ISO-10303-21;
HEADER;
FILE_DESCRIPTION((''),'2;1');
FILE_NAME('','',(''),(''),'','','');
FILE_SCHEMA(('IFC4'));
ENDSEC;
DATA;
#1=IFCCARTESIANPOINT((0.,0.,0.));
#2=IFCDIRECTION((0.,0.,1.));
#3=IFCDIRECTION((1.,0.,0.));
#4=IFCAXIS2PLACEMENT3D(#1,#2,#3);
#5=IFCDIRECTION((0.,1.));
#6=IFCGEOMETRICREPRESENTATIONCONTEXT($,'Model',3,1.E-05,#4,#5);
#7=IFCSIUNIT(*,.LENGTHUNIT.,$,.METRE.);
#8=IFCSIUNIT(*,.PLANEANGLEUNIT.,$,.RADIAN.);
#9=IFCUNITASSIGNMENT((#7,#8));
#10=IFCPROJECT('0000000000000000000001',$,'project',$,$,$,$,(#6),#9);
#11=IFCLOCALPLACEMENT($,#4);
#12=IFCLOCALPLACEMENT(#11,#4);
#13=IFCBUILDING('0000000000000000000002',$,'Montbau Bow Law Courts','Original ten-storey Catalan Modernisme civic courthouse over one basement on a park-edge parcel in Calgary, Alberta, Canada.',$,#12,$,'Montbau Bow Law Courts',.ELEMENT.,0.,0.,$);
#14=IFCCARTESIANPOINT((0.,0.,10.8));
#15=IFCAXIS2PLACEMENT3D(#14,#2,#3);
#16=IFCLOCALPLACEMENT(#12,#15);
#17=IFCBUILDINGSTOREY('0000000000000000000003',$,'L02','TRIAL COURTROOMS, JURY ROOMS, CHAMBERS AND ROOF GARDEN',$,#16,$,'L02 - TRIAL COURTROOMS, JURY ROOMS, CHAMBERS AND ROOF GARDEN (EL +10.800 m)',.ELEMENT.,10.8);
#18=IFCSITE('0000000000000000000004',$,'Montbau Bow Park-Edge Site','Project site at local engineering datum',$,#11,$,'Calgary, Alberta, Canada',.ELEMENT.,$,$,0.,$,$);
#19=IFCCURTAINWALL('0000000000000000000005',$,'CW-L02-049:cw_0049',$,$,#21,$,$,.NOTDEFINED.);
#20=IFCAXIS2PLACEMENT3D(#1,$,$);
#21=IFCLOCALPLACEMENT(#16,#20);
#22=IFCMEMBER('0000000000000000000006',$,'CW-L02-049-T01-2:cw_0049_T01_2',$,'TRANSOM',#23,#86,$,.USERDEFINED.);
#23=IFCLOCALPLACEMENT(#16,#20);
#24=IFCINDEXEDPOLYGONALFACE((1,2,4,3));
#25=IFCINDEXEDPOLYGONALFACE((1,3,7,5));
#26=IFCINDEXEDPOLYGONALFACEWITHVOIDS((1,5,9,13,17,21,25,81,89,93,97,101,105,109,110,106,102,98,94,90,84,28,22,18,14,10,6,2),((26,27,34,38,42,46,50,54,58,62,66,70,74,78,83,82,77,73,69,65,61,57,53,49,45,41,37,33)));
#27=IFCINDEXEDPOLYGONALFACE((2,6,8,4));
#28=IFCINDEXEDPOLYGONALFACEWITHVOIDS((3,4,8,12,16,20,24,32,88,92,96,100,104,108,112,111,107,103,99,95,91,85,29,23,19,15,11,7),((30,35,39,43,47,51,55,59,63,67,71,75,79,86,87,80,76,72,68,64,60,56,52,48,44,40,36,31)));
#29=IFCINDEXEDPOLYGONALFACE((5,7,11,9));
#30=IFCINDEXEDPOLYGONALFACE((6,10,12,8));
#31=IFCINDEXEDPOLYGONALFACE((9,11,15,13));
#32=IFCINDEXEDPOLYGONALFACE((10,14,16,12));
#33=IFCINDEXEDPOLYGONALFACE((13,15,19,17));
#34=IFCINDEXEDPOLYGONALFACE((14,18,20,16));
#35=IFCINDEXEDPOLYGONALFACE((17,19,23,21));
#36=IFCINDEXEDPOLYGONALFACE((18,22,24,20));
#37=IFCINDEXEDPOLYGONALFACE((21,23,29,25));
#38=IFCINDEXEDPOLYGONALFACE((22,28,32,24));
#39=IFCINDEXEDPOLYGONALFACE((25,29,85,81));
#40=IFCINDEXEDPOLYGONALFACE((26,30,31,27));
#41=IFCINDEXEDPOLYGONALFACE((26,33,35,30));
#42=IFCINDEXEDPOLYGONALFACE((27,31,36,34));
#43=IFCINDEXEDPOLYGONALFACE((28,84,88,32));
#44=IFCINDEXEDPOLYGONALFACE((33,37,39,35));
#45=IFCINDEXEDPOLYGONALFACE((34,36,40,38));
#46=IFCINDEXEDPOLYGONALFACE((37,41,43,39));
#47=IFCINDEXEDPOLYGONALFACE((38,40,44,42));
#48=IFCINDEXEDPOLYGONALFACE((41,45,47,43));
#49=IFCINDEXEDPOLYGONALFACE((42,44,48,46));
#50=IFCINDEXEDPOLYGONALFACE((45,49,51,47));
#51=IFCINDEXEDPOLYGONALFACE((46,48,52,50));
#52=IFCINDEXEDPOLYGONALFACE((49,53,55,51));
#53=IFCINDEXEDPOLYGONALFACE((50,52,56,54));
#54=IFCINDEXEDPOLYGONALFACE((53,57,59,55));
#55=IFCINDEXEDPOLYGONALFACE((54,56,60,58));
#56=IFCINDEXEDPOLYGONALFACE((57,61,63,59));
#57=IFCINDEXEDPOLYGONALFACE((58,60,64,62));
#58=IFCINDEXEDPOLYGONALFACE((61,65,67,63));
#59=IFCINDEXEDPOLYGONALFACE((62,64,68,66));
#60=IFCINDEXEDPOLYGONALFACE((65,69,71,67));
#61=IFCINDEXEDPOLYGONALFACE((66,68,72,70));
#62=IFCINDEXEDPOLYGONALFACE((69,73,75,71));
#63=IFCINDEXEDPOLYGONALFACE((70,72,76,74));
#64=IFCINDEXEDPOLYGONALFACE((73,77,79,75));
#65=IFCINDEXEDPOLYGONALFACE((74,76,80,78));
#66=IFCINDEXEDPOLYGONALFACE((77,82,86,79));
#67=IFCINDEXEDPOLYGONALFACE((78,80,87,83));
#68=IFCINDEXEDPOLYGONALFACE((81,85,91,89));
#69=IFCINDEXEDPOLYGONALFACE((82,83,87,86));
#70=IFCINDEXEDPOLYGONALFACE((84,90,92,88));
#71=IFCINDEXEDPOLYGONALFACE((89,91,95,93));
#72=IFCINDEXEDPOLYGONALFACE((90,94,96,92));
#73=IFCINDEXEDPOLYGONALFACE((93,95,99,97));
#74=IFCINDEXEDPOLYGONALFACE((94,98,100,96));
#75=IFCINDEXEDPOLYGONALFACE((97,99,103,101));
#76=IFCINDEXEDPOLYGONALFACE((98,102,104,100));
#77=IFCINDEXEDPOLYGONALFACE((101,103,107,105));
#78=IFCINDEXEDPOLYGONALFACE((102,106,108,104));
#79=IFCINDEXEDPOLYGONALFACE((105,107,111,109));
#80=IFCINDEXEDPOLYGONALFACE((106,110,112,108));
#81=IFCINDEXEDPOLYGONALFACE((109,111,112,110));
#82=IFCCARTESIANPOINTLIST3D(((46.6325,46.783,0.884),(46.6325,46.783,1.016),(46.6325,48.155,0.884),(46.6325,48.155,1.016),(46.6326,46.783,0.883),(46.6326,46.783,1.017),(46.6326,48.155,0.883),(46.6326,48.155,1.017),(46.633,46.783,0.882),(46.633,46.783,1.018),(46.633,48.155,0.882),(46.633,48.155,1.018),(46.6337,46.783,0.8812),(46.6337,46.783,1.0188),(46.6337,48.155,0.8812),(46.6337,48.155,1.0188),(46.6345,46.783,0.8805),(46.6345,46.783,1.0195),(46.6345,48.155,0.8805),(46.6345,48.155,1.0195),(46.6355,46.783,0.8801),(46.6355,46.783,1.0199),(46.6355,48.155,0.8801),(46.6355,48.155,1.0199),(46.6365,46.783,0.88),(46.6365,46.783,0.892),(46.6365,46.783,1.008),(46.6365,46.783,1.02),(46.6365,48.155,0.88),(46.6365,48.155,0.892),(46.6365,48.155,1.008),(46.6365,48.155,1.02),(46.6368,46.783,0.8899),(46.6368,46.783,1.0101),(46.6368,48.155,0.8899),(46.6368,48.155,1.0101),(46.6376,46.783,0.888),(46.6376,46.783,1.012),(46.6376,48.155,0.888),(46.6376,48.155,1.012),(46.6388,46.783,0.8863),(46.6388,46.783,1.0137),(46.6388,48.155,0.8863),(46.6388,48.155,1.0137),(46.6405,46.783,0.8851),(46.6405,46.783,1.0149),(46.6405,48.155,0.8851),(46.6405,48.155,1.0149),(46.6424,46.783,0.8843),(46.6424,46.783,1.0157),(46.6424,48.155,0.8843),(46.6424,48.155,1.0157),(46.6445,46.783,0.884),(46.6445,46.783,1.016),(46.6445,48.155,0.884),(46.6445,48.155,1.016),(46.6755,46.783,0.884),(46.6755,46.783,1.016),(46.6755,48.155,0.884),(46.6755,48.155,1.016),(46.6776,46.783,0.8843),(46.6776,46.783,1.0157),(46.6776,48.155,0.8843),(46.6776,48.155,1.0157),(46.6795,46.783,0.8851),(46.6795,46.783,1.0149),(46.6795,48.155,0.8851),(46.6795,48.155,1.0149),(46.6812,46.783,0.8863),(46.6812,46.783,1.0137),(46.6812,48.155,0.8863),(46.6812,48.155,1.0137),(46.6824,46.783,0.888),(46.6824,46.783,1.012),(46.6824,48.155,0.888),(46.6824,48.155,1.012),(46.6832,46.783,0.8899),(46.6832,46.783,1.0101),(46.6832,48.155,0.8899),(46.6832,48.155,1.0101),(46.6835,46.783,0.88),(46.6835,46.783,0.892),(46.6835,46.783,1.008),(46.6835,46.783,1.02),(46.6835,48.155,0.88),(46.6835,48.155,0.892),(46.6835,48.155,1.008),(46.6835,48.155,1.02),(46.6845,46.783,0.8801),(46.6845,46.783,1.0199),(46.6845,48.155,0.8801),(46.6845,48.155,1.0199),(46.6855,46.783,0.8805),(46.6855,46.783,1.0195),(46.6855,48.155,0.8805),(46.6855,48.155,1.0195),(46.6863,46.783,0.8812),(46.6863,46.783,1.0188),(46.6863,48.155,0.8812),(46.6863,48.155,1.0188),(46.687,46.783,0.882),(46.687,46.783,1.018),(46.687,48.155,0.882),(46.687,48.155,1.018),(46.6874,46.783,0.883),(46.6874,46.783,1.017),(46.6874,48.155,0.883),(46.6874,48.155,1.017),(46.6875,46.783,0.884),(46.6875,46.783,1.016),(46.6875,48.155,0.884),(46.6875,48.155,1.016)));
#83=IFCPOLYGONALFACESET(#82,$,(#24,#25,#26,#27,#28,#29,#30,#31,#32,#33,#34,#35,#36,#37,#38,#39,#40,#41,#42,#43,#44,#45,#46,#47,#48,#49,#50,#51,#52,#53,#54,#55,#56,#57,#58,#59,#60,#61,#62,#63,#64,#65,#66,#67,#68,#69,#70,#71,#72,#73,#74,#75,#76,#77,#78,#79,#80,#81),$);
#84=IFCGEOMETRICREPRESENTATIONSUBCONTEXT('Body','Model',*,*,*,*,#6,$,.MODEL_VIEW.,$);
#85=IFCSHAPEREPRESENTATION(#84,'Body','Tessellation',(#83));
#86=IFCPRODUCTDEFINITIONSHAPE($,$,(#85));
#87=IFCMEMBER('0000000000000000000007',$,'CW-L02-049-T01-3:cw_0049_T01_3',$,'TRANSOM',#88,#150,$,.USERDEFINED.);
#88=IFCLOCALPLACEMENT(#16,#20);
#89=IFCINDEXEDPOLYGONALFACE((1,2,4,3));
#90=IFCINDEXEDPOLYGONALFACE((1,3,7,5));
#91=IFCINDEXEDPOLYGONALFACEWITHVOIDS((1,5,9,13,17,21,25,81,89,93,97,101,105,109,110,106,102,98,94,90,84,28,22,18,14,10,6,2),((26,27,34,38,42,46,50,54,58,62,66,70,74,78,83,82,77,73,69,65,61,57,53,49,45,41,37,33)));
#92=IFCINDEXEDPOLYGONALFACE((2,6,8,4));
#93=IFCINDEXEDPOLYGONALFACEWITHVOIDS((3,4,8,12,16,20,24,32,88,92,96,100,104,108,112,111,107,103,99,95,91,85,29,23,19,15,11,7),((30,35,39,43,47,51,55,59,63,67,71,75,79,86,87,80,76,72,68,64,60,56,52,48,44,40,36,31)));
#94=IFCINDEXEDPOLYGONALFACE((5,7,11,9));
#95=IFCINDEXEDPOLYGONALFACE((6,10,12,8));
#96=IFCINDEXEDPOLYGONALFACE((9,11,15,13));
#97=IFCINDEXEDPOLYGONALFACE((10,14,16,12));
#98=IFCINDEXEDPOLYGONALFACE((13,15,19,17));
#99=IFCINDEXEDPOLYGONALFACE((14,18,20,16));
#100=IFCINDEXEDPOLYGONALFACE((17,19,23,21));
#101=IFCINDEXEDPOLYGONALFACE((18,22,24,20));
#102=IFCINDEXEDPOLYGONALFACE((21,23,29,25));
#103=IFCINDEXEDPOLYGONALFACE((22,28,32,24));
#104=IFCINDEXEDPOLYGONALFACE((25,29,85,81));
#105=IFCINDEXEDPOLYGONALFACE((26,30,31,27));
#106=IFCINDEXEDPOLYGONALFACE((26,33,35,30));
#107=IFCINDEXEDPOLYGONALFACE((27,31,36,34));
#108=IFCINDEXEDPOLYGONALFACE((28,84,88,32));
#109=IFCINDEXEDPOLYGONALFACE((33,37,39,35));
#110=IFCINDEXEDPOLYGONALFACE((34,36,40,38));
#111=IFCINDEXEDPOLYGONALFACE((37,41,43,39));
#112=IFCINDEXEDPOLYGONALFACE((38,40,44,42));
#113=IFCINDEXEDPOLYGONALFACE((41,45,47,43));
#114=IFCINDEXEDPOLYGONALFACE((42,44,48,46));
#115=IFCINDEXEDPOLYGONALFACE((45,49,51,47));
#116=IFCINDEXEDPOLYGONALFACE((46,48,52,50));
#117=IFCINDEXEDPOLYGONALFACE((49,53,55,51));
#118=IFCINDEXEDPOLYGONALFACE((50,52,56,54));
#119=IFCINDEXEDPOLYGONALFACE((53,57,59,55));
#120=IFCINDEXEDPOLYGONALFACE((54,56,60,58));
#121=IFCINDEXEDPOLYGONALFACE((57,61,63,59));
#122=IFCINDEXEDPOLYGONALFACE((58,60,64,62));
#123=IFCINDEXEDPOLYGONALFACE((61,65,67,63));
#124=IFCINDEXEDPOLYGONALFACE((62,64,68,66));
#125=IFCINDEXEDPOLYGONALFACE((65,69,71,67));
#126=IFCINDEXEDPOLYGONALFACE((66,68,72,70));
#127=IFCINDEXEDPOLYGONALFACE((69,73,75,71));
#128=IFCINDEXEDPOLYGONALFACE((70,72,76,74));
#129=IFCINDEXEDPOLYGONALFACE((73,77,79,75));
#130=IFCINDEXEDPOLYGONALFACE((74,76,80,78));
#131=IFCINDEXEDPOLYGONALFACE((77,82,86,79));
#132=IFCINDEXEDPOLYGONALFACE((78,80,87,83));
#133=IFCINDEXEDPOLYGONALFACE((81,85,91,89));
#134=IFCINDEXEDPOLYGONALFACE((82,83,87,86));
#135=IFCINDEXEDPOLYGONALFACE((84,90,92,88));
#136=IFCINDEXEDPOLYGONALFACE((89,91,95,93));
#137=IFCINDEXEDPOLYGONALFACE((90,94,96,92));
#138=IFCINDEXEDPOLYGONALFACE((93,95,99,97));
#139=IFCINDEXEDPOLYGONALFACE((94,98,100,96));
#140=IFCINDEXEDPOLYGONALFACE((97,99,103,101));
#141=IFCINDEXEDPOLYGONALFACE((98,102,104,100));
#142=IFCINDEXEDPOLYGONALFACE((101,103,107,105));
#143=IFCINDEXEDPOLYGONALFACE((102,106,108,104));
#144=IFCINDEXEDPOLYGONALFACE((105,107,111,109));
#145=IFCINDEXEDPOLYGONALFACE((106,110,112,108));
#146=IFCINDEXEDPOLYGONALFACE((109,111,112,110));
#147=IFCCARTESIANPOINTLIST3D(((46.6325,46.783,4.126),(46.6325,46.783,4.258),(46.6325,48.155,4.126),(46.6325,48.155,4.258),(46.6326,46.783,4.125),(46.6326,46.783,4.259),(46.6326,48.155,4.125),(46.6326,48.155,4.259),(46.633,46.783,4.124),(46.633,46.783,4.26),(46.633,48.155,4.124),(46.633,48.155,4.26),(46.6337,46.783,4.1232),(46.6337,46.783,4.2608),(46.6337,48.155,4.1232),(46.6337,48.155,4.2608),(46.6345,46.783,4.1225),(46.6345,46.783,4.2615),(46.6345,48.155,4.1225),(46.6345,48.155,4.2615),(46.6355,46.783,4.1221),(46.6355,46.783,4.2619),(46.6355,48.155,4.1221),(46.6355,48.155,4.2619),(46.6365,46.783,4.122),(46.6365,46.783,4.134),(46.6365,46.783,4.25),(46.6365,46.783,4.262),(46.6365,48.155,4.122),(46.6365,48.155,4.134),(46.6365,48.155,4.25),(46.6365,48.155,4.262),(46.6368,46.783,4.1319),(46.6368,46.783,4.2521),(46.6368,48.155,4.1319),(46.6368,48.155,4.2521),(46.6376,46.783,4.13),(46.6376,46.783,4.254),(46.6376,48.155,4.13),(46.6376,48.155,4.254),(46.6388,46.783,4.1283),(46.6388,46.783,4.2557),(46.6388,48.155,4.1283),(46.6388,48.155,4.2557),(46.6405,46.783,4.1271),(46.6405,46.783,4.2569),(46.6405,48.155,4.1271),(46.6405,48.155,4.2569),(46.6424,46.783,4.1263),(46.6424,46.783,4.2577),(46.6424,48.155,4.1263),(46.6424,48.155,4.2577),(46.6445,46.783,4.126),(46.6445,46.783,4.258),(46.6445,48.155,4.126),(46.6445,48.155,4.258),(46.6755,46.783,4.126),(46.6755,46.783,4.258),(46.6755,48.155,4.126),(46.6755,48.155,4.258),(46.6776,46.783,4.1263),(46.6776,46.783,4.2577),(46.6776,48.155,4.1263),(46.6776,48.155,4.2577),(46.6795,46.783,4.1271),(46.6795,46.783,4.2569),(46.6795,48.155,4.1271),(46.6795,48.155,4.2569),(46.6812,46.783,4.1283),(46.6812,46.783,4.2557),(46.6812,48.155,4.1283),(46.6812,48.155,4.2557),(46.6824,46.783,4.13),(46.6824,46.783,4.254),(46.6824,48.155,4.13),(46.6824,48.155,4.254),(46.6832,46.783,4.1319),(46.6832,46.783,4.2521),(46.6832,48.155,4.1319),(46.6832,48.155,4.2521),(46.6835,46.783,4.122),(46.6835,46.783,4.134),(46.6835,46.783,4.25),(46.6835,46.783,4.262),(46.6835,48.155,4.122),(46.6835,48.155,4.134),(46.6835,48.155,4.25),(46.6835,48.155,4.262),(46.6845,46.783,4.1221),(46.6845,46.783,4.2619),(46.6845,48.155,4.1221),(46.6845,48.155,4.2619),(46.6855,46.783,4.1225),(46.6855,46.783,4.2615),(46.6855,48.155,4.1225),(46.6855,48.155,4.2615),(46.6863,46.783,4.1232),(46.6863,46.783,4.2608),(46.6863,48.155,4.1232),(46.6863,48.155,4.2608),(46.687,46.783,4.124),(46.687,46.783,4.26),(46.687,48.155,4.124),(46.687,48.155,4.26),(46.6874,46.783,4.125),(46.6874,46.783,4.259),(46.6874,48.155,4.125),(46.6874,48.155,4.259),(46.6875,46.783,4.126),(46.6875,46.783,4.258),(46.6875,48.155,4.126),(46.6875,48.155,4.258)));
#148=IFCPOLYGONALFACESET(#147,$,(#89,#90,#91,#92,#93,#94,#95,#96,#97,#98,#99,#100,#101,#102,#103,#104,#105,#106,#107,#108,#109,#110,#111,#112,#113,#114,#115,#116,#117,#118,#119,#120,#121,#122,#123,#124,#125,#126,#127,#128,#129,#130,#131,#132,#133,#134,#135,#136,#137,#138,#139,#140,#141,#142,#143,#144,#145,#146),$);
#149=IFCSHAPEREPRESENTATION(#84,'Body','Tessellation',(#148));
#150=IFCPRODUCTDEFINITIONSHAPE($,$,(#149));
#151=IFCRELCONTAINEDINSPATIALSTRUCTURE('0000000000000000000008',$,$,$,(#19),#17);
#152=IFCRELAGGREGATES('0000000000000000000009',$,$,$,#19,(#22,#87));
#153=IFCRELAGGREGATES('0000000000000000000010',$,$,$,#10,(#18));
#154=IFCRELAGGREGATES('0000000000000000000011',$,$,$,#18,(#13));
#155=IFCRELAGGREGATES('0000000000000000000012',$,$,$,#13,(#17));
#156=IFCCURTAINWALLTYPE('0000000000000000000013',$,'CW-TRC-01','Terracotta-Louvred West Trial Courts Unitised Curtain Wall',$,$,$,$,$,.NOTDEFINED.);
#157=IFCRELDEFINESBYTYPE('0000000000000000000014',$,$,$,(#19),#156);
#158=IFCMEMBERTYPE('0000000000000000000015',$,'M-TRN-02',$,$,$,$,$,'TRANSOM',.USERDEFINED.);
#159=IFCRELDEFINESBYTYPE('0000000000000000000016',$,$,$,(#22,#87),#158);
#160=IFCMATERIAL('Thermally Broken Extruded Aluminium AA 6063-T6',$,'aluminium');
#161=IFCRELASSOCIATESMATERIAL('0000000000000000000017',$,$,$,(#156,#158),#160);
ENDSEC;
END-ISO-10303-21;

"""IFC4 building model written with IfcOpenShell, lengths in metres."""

from ifc_helpers import new_model, si_unit, direction, frame, origin_with_axes, origin_2d_with_axis, place, context, subcontext, project, spatial, hollow_rectangle, extrude, material, material_profile, profile_set, type_object, element, aggregate, save


model = new_model("IFC4")

# Units and contexts
model_context = context("Model", 3, precision=1e-05, world=origin_with_axes(), true_north=direction((0.0, 1.0)))
body_context = subcontext(model_context, "Body", "Model", "MODEL_VIEW")
ifc_project = project(units=[si_unit("LENGTHUNIT", "METRE"), si_unit("PLANEANGLEUNIT", "RADIAN")], contexts=[model_context])

# Site, building, storey
site_placement = place(None, origin_with_axes())
site = spatial("IfcSite", under=ifc_project, at=site_placement, Name="Montbau Bow Park-Edge Site", Description="Project site at local engineering datum", LongName="Calgary, Alberta, Canada", CompositionType="ELEMENT", RefElevation=0.0)
building_placement = place(site_placement, origin_with_axes())
building = spatial("IfcBuilding", under=site, at=building_placement, Name="Montbau Bow Law Courts", Description="Original ten-storey Catalan Modernisme civic courthouse over one basement on a park-edge parcel in Calgary, Alberta, Canada.", LongName="Montbau Bow Law Courts", CompositionType="ELEMENT", ElevationOfRefHeight=0.0, ElevationOfTerrain=0.0)
storey_placement = place(building_placement, frame((0.0, 0.0, 10.8), z_axis=(0.0, 0.0, 1.0), x_axis=(1.0, 0.0, 0.0)))
storey = spatial("IfcBuildingStorey", under=building, at=storey_placement, Name="L02", Description="TRIAL COURTROOMS, JURY ROOMS, CHAMBERS AND ROOF GARDEN", LongName="L02 - TRIAL COURTROOMS, JURY ROOMS, CHAMBERS AND ROOF GARDEN (EL +10.800 m)", CompositionType="ELEMENT", Elevation=10.8)

# Shared definitions
ifc_material_1 = material(Name="Thermally Broken Extruded Aluminium AA 6063-T6", Category="aluminium")

# Curtain wall, members
curtain_wall_type_1 = type_object("IfcCurtainWallType", Name="CW-TRC-01", Description="Terracotta-Louvred West Trial Courts Unitised Curtain Wall", PredefinedType="NOTDEFINED", material=ifc_material_1)
curtain_wall_1_placement = place(None, frame((46.66, 46.715, 10.8), z_axis=(0.0, 0.0, 1.0), x_axis=(1.0, 0.0, 0.0)))
curtain_wall_1 = element("IfcCurtainWall", 1, at=curtain_wall_1_placement, inside=storey, type_object=curtain_wall_type_1, Name="CW-L02-049:cw_0049", PredefinedType="NOTDEFINED")
ifc_material_profile_1 = material_profile(ifc_material_1, hollow_rectangle(XDim=0.055, YDim=0.14, WallThickness=0.004, InnerFilletRadius=0.008, OuterFilletRadius=0.004, at=origin_2d_with_axis()), Name="CWT-140X55", Category="Main", Priority=0)
ifc_profile_set_1 = profile_set([ifc_material_profile_1], Name="Thermally Broken Extruded Aluminium AA 6063-T6")
member_type_1 = type_object("IfcMemberType", Name="M-TRN-02", ElementType="TRANSOM", PredefinedType="USERDEFINED", material=ifc_profile_set_1)
member_1_placement = place(None, frame((46.66, 46.783, 11.75), z_axis=(0.0, 1.0, 0.0), x_axis=(-1.0, 0.0, 0.0)))
member_1 = element("IfcMember", 2, at=member_1_placement, type_object=member_type_1, Name="CW-L02-049-T01-2:cw_0049_T01_2", ObjectType="TRANSOM", PredefinedType="USERDEFINED", context=body_context, shape_type="SweptSolid", body=[
    extrude(hollow_rectangle(XDim=0.055, YDim=0.14, WallThickness=0.004, InnerFilletRadius=0.008, OuterFilletRadius=0.004, at=origin_2d_with_axis()), origin_with_axes(), (0.0, 0.0, 1.0), 1.372),
])
member_2_placement = place(None, frame((46.66, 46.783, 14.992), z_axis=(0.0, 1.0, 0.0), x_axis=(-1.0, 0.0, 0.0)))
member_2 = element("IfcMember", 3, at=member_2_placement, type_object=member_type_1, Name="CW-L02-049-T01-3:cw_0049_T01_3", ObjectType="TRANSOM", PredefinedType="USERDEFINED", context=body_context, shape_type="SweptSolid", body=[
    extrude(hollow_rectangle(XDim=0.055, YDim=0.14, WallThickness=0.004, InnerFilletRadius=0.008, OuterFilletRadius=0.004, at=origin_2d_with_axis()), origin_with_axes(), (0.0, 0.0, 1.0), 1.372),
])
aggregate(curtain_wall_1, [member_1, member_2])

save(model, "model.ifc")
